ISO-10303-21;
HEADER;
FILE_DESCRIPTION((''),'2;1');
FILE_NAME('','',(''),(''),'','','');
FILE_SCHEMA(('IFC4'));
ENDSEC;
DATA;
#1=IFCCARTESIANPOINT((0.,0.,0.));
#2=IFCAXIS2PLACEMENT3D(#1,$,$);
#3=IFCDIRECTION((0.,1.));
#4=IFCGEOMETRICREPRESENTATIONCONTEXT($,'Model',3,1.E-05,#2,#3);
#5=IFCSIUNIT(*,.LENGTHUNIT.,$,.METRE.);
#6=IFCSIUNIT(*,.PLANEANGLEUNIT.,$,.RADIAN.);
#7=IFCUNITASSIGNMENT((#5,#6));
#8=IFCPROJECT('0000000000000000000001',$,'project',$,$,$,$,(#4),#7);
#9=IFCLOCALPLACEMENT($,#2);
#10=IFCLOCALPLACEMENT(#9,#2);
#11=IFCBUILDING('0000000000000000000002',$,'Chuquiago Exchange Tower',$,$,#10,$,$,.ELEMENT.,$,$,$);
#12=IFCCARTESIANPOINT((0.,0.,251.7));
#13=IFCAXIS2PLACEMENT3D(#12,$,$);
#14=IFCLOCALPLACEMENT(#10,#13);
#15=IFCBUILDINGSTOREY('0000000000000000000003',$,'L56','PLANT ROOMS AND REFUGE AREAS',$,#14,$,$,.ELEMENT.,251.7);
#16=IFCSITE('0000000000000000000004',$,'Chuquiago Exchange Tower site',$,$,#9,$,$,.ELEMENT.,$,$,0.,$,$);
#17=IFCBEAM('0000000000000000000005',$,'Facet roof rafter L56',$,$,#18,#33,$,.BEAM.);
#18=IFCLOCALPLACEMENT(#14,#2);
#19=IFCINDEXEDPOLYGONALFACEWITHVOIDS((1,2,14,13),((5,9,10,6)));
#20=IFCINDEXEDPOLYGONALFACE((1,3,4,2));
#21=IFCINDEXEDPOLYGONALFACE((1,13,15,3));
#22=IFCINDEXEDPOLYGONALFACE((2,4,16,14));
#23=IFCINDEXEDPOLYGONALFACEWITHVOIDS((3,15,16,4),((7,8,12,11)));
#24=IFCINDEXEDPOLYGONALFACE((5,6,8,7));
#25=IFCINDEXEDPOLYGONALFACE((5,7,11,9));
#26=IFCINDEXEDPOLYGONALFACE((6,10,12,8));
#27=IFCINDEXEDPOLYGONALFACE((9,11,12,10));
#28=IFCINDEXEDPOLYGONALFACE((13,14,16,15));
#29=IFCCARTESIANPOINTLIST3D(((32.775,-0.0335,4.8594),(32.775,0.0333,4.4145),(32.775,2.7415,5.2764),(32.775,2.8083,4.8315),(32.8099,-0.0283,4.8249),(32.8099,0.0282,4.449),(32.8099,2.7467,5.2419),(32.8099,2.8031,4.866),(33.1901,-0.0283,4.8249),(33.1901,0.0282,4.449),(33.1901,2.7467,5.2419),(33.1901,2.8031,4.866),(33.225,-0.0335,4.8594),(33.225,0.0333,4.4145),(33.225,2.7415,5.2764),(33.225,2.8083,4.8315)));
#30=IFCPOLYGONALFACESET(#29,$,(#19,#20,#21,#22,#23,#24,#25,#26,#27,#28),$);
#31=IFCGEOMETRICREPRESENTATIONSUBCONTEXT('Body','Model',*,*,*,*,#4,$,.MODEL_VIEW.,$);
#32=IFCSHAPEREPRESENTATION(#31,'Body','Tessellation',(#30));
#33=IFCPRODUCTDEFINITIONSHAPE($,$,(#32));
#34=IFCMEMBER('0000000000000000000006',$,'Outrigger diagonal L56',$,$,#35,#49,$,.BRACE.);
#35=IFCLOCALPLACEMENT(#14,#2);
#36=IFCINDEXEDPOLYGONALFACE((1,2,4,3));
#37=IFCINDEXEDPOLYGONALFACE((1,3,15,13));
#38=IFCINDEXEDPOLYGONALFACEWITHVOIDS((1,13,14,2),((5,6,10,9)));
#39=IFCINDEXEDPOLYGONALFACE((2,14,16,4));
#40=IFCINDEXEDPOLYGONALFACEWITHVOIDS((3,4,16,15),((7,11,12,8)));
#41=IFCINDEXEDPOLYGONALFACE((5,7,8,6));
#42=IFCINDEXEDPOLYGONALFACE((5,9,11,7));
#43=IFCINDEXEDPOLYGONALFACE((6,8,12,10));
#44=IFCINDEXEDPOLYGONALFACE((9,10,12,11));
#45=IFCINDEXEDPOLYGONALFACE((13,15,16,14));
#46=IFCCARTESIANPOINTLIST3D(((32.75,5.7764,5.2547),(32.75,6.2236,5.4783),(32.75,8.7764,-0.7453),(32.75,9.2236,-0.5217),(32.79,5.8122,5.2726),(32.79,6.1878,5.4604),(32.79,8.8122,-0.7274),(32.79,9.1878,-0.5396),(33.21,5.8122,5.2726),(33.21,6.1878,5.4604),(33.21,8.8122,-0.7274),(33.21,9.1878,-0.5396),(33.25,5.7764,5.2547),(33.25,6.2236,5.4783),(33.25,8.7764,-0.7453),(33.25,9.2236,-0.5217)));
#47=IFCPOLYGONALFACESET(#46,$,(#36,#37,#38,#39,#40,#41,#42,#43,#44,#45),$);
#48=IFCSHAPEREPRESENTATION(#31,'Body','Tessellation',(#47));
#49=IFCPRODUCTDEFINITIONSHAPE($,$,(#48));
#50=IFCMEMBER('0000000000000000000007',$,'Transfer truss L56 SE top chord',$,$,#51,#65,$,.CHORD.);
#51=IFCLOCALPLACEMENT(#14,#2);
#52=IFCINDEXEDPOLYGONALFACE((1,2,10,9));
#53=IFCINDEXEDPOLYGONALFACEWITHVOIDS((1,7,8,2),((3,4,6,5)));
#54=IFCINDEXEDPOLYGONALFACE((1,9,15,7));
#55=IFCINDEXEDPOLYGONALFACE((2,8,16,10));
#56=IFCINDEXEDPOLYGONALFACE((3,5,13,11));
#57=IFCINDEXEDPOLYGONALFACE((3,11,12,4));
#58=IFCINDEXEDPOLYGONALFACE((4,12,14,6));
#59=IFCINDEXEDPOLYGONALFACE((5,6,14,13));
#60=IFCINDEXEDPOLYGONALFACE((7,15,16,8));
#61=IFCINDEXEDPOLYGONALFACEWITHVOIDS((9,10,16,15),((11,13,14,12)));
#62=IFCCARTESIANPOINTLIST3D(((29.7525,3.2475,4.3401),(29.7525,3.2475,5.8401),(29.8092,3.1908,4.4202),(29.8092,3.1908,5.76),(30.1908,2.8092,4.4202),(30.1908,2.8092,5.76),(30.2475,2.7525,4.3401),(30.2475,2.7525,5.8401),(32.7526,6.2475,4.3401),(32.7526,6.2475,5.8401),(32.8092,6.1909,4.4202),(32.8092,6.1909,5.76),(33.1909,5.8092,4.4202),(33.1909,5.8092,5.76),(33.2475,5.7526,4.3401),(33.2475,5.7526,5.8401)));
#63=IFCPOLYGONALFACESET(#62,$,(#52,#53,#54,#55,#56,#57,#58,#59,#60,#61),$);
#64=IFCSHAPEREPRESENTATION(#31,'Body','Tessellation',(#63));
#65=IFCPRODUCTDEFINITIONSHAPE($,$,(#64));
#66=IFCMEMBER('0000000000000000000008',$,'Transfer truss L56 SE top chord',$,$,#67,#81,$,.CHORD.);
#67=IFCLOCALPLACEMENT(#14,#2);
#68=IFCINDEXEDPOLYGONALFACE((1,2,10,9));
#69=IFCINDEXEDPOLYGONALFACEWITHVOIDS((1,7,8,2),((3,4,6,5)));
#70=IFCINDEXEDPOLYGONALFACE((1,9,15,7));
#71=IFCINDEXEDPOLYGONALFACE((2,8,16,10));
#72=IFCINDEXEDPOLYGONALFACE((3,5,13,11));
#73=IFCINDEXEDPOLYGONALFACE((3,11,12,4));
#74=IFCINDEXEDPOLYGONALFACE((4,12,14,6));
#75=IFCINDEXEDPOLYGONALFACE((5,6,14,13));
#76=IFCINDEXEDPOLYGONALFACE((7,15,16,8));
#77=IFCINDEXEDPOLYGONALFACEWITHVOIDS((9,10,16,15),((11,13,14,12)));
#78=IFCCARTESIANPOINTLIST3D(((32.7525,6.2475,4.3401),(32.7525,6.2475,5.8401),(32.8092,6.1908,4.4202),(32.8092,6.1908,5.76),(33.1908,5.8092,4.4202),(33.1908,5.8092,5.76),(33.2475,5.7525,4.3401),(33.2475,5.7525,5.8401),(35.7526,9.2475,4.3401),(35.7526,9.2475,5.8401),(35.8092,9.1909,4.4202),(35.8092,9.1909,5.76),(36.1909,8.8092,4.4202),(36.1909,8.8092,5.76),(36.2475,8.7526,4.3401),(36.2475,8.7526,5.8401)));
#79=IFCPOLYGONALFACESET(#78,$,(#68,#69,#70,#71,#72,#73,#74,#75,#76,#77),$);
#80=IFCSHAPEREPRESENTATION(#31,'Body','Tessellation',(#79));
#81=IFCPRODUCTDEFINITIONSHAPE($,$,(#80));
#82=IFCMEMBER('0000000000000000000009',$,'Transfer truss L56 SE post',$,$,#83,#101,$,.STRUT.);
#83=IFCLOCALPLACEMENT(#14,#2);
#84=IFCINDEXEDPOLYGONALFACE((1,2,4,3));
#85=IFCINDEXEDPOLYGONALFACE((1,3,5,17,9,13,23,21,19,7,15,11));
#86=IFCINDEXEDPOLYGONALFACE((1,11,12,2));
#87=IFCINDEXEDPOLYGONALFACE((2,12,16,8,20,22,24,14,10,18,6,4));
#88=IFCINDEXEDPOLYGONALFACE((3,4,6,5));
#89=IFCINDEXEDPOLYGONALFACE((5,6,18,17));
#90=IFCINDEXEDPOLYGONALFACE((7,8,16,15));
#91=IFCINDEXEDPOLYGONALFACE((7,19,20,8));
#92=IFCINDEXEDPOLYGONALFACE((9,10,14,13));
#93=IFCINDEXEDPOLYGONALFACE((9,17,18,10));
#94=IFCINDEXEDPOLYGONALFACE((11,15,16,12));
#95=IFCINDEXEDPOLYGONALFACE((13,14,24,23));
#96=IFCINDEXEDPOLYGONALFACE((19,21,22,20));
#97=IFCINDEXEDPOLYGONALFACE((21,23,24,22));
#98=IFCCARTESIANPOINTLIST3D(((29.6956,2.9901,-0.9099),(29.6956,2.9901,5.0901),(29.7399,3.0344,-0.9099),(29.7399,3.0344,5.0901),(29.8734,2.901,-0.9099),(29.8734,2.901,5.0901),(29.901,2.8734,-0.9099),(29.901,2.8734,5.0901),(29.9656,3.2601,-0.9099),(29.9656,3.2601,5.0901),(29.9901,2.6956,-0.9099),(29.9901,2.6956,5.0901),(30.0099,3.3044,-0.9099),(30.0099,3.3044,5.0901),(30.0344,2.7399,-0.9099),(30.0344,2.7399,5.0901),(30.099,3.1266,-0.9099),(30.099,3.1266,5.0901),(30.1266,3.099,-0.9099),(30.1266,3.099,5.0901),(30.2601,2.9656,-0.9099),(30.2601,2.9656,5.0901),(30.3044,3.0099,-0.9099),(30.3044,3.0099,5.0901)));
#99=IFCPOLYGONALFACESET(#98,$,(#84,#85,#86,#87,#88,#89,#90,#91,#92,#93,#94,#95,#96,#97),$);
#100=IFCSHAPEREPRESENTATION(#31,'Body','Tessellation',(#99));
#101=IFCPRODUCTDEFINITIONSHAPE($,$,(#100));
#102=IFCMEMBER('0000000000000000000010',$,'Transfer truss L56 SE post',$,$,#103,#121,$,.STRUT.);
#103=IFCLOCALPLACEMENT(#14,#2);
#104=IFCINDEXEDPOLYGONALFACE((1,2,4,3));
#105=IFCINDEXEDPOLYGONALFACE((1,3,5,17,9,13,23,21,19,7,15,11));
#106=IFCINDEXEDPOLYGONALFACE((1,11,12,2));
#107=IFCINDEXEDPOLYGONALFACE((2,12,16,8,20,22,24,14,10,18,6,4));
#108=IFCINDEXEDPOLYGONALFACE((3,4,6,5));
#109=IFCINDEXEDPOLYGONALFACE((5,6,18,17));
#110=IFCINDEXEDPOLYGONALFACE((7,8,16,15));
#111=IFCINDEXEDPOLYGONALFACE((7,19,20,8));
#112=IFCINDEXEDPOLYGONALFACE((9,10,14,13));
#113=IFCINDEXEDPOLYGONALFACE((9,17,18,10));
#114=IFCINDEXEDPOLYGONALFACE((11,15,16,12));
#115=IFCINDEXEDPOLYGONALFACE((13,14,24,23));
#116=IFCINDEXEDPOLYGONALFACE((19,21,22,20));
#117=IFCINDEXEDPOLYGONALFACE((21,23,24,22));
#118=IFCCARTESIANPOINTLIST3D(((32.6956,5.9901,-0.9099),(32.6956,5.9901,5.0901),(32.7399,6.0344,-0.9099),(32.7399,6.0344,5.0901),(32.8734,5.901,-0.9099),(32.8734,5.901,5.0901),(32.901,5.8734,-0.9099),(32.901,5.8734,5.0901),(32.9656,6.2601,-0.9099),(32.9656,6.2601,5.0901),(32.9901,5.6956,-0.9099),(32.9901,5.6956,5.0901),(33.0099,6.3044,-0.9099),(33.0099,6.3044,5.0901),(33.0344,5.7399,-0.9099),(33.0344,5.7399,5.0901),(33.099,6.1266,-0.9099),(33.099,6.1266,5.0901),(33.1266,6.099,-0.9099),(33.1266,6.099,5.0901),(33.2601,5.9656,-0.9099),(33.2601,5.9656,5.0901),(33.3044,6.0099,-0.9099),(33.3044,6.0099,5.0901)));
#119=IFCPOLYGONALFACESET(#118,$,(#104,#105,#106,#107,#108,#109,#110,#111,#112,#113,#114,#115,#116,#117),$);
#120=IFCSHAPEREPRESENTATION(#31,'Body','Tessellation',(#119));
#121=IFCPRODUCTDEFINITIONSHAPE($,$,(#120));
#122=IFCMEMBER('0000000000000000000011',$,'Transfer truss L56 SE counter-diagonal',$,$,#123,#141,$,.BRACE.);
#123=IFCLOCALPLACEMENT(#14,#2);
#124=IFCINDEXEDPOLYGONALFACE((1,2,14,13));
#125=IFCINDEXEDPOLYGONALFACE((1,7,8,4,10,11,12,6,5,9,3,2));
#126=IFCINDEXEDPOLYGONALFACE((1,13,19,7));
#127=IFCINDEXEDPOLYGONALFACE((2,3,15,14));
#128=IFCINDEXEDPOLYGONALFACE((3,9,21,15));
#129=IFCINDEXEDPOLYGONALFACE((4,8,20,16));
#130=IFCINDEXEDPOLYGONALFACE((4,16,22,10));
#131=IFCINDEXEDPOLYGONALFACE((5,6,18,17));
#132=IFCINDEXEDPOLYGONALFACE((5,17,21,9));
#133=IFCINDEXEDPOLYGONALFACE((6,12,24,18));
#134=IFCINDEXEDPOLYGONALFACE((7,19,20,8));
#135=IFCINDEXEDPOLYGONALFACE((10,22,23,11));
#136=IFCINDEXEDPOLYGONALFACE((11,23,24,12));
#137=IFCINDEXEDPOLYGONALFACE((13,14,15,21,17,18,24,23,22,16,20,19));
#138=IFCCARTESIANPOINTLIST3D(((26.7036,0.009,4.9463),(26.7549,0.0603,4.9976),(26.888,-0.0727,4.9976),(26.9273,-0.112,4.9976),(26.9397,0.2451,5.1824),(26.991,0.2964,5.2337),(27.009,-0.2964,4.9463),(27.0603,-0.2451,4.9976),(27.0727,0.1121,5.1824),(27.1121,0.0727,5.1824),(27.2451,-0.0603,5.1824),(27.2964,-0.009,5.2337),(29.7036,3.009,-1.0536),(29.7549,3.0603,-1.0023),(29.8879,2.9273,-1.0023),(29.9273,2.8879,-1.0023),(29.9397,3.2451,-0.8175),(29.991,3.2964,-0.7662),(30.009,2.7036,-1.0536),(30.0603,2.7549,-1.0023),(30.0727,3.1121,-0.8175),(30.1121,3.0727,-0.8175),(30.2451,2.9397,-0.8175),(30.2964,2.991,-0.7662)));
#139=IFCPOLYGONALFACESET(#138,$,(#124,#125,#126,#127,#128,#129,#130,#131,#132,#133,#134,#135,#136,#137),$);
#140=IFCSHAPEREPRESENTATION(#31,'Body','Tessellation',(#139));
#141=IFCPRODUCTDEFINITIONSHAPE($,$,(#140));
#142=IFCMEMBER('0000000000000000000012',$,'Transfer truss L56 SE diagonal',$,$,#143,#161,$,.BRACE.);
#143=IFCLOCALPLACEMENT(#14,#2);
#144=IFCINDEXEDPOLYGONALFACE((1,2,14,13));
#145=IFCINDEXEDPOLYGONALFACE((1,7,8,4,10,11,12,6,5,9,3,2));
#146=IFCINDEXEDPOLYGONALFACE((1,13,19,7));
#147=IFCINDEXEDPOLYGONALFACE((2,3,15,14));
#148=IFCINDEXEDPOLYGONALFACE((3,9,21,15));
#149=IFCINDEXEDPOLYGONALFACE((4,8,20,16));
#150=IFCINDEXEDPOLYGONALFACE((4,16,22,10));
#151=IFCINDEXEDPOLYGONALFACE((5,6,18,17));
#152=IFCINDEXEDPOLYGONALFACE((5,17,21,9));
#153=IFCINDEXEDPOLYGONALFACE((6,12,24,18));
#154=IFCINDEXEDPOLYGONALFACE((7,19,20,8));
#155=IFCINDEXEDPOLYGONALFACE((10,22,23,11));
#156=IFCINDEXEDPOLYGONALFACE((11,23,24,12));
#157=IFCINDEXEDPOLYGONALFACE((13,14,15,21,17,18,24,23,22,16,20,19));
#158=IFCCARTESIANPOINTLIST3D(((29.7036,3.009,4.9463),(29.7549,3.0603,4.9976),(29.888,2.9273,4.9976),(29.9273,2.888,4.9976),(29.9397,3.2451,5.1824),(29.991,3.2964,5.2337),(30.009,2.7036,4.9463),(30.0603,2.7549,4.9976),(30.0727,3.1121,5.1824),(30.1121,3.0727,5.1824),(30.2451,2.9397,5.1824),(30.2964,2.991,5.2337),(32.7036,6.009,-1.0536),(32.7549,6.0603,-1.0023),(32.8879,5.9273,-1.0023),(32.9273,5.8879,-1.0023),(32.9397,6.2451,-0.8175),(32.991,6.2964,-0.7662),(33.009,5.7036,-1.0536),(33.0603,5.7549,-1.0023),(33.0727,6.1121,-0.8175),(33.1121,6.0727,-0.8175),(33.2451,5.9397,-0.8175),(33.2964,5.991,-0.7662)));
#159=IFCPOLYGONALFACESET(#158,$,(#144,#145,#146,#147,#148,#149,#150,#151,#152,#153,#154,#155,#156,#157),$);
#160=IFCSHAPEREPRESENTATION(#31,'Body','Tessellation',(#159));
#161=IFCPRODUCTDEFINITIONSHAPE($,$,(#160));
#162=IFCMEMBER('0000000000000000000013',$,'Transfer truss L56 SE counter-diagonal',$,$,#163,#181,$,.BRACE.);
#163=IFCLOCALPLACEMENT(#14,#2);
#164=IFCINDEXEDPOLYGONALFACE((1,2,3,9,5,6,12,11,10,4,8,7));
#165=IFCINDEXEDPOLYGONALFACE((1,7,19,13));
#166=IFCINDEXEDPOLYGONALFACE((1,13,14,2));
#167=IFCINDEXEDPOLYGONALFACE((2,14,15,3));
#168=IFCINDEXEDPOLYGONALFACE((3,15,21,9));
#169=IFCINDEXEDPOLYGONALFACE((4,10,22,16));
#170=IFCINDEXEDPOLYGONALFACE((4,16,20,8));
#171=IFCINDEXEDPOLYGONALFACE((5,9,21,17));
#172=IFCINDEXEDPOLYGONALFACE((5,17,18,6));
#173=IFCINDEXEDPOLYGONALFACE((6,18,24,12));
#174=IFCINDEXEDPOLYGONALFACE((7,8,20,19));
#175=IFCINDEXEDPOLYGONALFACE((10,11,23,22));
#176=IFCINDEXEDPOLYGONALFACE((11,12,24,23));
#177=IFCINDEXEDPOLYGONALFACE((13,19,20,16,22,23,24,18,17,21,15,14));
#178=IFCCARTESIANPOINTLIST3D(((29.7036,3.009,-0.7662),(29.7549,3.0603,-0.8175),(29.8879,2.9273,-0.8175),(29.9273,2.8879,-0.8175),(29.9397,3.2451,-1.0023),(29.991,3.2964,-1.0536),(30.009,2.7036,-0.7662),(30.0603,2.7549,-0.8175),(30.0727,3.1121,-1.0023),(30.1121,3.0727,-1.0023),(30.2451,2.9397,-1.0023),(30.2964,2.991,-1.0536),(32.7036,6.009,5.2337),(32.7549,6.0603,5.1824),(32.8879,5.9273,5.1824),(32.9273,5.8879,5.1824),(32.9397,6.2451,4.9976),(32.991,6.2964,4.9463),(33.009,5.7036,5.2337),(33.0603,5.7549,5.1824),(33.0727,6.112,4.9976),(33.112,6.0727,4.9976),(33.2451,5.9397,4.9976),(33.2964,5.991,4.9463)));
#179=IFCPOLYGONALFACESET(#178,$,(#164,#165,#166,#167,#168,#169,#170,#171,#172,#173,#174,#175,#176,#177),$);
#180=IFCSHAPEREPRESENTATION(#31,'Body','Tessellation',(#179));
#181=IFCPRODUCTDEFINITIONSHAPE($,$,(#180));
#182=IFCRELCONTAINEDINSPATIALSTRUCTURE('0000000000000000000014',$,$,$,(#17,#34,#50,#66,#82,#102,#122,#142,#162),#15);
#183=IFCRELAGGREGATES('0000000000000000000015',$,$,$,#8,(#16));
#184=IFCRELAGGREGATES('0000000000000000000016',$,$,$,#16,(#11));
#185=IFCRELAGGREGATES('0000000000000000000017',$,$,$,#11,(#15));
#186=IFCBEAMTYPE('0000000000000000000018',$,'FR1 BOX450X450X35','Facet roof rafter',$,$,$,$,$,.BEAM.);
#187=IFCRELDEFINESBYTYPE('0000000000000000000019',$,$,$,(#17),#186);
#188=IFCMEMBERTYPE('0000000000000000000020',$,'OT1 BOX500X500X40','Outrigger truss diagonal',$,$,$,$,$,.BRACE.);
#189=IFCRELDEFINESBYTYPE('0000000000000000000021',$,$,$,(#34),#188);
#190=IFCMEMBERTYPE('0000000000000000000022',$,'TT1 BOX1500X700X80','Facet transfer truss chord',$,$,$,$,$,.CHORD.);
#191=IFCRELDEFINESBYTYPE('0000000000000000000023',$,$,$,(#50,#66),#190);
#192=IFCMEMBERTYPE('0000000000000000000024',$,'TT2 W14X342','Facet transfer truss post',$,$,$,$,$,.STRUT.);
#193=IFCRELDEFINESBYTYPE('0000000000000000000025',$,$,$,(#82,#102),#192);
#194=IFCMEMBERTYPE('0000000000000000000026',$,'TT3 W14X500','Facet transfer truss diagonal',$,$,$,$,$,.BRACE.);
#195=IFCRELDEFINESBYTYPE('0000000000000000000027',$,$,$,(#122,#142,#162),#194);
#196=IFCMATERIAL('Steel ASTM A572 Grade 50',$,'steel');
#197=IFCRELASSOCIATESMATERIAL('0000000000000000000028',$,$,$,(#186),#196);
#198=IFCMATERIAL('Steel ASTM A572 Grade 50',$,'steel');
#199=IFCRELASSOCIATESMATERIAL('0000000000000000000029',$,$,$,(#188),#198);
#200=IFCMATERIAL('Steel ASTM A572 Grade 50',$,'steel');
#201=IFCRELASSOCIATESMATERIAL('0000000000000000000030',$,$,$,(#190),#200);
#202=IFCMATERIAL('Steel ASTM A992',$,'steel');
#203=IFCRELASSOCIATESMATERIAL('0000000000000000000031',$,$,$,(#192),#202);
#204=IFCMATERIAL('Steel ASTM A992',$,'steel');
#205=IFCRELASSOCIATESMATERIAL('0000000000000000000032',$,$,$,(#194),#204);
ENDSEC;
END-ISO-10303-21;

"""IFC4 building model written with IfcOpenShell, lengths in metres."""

from ifc_helpers import new_model, si_unit, direction, frame, origin, origin_2d, place, context, subcontext, project, spatial, hollow_rectangle, i_section, extrude, material, material_profile, profile_set, type_object, element, save


model = new_model("IFC4")

# Units and contexts
model_context = context("Model", 3, precision=1e-05, world=origin(), true_north=direction((0.0, 1.0)))
body_context = subcontext(model_context, "Body", "Model", "MODEL_VIEW")
ifc_project = project(units=[si_unit("LENGTHUNIT", "METRE"), si_unit("PLANEANGLEUNIT", "RADIAN")], contexts=[model_context])

# Site, building, storey
site_placement = place(None, origin())
site = spatial("IfcSite", under=ifc_project, at=site_placement, Name="Chuquiago Exchange Tower site", CompositionType="ELEMENT", RefElevation=0.0)
building_placement = place(site_placement, origin())
building = spatial("IfcBuilding", under=site, at=building_placement, Name="Chuquiago Exchange Tower", CompositionType="ELEMENT")
storey_placement = place(building_placement, frame((0.0, 0.0, 251.7)))
storey = spatial("IfcBuildingStorey", under=building, at=storey_placement, Name="L56", Description="PLANT ROOMS AND REFUGE AREAS", CompositionType="ELEMENT", Elevation=251.7)

# Beam
ifc_material_1 = material(Name="Steel ASTM A572 Grade 50", Category="steel")
ifc_material_profile_1 = material_profile(ifc_material_1, hollow_rectangle(XDim=0.45, YDim=0.45, WallThickness=0.0349, at=origin_2d()), Name="BOX450X450X35")
ifc_profile_set_1 = profile_set([ifc_material_profile_1], Name="Steel ASTM A572 Grade 50")
beam_type_1 = type_object("IfcBeamType", Name="FR1 BOX450X450X35", Description="Facet roof rafter", PredefinedType="BEAM", material=ifc_profile_set_1)
beam_1_placement = place(storey_placement, frame((33.0, 2.7749, 5.054), z_axis=(0.0, -0.988897, -0.148604), x_axis=(1.0, 0.0, 0.0)))
element("IfcBeam", 1, at=beam_1_placement, inside=storey, type_object=beam_type_1, Name="Facet roof rafter L56", PredefinedType="BEAM", context=body_context, shape_type="SweptSolid", body=[
    extrude(hollow_rectangle(XDim=0.45, YDim=0.45, WallThickness=0.0349, at=origin_2d()), origin(), (0.0, 0.0, 1.0), 2.8062),
])

# Members
ifc_material_2 = material(Name="Steel ASTM A572 Grade 50", Category="steel")
ifc_material_profile_2 = material_profile(ifc_material_2, hollow_rectangle(XDim=0.5, YDim=0.5, WallThickness=0.04, at=origin_2d()), Name="BOX500X500X40")
ifc_profile_set_2 = profile_set([ifc_material_profile_2], Name="Steel ASTM A572 Grade 50")
member_type_1 = type_object("IfcMemberType", Name="OT1 BOX500X500X40", Description="Outrigger truss diagonal", PredefinedType="BRACE", material=ifc_profile_set_2)
member_1_placement = place(storey_placement, frame((33.0, 9.0, -0.6335), z_axis=(0.0, -0.447214, 0.894427), x_axis=(1.0, 0.0, 0.0)))
element("IfcMember", 2, at=member_1_placement, inside=storey, type_object=member_type_1, Name="Outrigger diagonal L56", PredefinedType="BRACE", context=body_context, shape_type="SweptSolid", body=[
    extrude(hollow_rectangle(XDim=0.5, YDim=0.5, WallThickness=0.04, at=origin_2d()), origin(), (0.0, 0.0, 1.0), 6.7083),
])
ifc_material_3 = material(Name="Steel ASTM A572 Grade 50", Category="steel")
ifc_material_profile_3 = material_profile(ifc_material_3, hollow_rectangle(XDim=0.7, YDim=1.5, WallThickness=0.0801, at=origin_2d()), Name="BOX1500X700X80")
ifc_profile_set_3 = profile_set([ifc_material_profile_3], Name="Steel ASTM A572 Grade 50")
member_type_2 = type_object("IfcMemberType", Name="TT1 BOX1500X700X80", Description="Facet transfer truss chord", PredefinedType="CHORD", material=ifc_profile_set_3)
for number, where, z_axis, x_axis, name in (
    (3, (30.0, 3.0, 5.0901), (0.707107, 0.707107, 0.0), (-0.707107, 0.707107, 0.0), "Transfer truss L56 SE top chord"),
    (4, (33.0, 6.0, 5.0901), (0.707107, 0.707107, 0.0), (-0.707107, 0.707107, 0.0), "Transfer truss L56 SE top chord"),
):
    element("IfcMember", number, at=place(storey_placement, frame(where, z_axis=z_axis, x_axis=x_axis)), inside=storey, type_object=member_type_2, Name=name, PredefinedType="CHORD", context=body_context, shape_type="SweptSolid", body=[
        extrude(hollow_rectangle(XDim=0.7, YDim=1.5, WallThickness=0.0801, at=origin_2d()), origin(), (0.0, 0.0, 1.0), 4.2427),
    ])
ifc_material_4 = material(Name="Steel ASTM A992", Category="steel")
ifc_material_profile_4 = material_profile(ifc_material_4, i_section(OverallWidth=0.4165, OverallDepth=0.4446, WebThickness=0.0391, FlangeThickness=0.0627, at=origin_2d()), Name="W14X342")
ifc_profile_set_4 = profile_set([ifc_material_profile_4], Name="Steel ASTM A992")
member_type_3 = type_object("IfcMemberType", Name="TT2 W14X342", Description="Facet transfer truss post", PredefinedType="STRUT", material=ifc_profile_set_4)
for number, where, z_axis, x_axis, name in (
    (5, (30.0, 3.0, -0.9099), (0.0, 0.0, 1.0), (0.707107, -0.707107, 0.0), "Transfer truss L56 SE post"),
    (6, (33.0, 6.0, -0.9099), (0.0, 0.0, 1.0), (0.707107, -0.707107, 0.0), "Transfer truss L56 SE post"),
):
    element("IfcMember", number, at=place(storey_placement, frame(where, z_axis=z_axis, x_axis=x_axis)), inside=storey, type_object=member_type_3, Name=name, PredefinedType="STRUT", context=body_context, shape_type="SweptSolid", body=[
        extrude(i_section(OverallWidth=0.4165, OverallDepth=0.4446, WebThickness=0.0391, FlangeThickness=0.0627, at=origin_2d()), origin(), (0.0, 0.0, 1.0), 6.0),
    ])
ifc_material_5 = material(Name="Steel ASTM A992", Category="steel")
ifc_material_profile_5 = material_profile(ifc_material_5, i_section(OverallWidth=0.4319, OverallDepth=0.4978, WebThickness=0.0557, FlangeThickness=0.0889, at=origin_2d()), Name="W14X500")
ifc_profile_set_5 = profile_set([ifc_material_profile_5], Name="Steel ASTM A992")
member_type_4 = type_object("IfcMemberType", Name="TT3 W14X500", Description="Facet transfer truss diagonal", PredefinedType="BRACE", material=ifc_profile_set_5)
for number, where, z_axis, x_axis, name in (
    (7, (30.0, 3.0, -0.9099), (-0.408248, -0.408248, 0.816497), (0.707107, -0.707107, 0.0), "Transfer truss L56 SE counter-diagonal"),
    (8, (33.0, 6.0, -0.9099), (-0.408248, -0.408248, 0.816497), (0.707107, -0.707107, 0.0), "Transfer truss L56 SE diagonal"),
    (9, (30.0, 3.0, -0.9099), (0.408248, 0.408248, 0.816497), (-0.707107, 0.707107, 0.0), "Transfer truss L56 SE counter-diagonal"),
):
    element("IfcMember", number, at=place(storey_placement, frame(where, z_axis=z_axis, x_axis=x_axis)), inside=storey, type_object=member_type_4, Name=name, PredefinedType="BRACE", context=body_context, shape_type="SweptSolid", body=[
        extrude(i_section(OverallWidth=0.4319, OverallDepth=0.4978, WebThickness=0.0557, FlangeThickness=0.0889, at=origin_2d()), origin(), (0.0, 0.0, 1.0), 7.3484),
    ])

save(model, "model.ifc")
